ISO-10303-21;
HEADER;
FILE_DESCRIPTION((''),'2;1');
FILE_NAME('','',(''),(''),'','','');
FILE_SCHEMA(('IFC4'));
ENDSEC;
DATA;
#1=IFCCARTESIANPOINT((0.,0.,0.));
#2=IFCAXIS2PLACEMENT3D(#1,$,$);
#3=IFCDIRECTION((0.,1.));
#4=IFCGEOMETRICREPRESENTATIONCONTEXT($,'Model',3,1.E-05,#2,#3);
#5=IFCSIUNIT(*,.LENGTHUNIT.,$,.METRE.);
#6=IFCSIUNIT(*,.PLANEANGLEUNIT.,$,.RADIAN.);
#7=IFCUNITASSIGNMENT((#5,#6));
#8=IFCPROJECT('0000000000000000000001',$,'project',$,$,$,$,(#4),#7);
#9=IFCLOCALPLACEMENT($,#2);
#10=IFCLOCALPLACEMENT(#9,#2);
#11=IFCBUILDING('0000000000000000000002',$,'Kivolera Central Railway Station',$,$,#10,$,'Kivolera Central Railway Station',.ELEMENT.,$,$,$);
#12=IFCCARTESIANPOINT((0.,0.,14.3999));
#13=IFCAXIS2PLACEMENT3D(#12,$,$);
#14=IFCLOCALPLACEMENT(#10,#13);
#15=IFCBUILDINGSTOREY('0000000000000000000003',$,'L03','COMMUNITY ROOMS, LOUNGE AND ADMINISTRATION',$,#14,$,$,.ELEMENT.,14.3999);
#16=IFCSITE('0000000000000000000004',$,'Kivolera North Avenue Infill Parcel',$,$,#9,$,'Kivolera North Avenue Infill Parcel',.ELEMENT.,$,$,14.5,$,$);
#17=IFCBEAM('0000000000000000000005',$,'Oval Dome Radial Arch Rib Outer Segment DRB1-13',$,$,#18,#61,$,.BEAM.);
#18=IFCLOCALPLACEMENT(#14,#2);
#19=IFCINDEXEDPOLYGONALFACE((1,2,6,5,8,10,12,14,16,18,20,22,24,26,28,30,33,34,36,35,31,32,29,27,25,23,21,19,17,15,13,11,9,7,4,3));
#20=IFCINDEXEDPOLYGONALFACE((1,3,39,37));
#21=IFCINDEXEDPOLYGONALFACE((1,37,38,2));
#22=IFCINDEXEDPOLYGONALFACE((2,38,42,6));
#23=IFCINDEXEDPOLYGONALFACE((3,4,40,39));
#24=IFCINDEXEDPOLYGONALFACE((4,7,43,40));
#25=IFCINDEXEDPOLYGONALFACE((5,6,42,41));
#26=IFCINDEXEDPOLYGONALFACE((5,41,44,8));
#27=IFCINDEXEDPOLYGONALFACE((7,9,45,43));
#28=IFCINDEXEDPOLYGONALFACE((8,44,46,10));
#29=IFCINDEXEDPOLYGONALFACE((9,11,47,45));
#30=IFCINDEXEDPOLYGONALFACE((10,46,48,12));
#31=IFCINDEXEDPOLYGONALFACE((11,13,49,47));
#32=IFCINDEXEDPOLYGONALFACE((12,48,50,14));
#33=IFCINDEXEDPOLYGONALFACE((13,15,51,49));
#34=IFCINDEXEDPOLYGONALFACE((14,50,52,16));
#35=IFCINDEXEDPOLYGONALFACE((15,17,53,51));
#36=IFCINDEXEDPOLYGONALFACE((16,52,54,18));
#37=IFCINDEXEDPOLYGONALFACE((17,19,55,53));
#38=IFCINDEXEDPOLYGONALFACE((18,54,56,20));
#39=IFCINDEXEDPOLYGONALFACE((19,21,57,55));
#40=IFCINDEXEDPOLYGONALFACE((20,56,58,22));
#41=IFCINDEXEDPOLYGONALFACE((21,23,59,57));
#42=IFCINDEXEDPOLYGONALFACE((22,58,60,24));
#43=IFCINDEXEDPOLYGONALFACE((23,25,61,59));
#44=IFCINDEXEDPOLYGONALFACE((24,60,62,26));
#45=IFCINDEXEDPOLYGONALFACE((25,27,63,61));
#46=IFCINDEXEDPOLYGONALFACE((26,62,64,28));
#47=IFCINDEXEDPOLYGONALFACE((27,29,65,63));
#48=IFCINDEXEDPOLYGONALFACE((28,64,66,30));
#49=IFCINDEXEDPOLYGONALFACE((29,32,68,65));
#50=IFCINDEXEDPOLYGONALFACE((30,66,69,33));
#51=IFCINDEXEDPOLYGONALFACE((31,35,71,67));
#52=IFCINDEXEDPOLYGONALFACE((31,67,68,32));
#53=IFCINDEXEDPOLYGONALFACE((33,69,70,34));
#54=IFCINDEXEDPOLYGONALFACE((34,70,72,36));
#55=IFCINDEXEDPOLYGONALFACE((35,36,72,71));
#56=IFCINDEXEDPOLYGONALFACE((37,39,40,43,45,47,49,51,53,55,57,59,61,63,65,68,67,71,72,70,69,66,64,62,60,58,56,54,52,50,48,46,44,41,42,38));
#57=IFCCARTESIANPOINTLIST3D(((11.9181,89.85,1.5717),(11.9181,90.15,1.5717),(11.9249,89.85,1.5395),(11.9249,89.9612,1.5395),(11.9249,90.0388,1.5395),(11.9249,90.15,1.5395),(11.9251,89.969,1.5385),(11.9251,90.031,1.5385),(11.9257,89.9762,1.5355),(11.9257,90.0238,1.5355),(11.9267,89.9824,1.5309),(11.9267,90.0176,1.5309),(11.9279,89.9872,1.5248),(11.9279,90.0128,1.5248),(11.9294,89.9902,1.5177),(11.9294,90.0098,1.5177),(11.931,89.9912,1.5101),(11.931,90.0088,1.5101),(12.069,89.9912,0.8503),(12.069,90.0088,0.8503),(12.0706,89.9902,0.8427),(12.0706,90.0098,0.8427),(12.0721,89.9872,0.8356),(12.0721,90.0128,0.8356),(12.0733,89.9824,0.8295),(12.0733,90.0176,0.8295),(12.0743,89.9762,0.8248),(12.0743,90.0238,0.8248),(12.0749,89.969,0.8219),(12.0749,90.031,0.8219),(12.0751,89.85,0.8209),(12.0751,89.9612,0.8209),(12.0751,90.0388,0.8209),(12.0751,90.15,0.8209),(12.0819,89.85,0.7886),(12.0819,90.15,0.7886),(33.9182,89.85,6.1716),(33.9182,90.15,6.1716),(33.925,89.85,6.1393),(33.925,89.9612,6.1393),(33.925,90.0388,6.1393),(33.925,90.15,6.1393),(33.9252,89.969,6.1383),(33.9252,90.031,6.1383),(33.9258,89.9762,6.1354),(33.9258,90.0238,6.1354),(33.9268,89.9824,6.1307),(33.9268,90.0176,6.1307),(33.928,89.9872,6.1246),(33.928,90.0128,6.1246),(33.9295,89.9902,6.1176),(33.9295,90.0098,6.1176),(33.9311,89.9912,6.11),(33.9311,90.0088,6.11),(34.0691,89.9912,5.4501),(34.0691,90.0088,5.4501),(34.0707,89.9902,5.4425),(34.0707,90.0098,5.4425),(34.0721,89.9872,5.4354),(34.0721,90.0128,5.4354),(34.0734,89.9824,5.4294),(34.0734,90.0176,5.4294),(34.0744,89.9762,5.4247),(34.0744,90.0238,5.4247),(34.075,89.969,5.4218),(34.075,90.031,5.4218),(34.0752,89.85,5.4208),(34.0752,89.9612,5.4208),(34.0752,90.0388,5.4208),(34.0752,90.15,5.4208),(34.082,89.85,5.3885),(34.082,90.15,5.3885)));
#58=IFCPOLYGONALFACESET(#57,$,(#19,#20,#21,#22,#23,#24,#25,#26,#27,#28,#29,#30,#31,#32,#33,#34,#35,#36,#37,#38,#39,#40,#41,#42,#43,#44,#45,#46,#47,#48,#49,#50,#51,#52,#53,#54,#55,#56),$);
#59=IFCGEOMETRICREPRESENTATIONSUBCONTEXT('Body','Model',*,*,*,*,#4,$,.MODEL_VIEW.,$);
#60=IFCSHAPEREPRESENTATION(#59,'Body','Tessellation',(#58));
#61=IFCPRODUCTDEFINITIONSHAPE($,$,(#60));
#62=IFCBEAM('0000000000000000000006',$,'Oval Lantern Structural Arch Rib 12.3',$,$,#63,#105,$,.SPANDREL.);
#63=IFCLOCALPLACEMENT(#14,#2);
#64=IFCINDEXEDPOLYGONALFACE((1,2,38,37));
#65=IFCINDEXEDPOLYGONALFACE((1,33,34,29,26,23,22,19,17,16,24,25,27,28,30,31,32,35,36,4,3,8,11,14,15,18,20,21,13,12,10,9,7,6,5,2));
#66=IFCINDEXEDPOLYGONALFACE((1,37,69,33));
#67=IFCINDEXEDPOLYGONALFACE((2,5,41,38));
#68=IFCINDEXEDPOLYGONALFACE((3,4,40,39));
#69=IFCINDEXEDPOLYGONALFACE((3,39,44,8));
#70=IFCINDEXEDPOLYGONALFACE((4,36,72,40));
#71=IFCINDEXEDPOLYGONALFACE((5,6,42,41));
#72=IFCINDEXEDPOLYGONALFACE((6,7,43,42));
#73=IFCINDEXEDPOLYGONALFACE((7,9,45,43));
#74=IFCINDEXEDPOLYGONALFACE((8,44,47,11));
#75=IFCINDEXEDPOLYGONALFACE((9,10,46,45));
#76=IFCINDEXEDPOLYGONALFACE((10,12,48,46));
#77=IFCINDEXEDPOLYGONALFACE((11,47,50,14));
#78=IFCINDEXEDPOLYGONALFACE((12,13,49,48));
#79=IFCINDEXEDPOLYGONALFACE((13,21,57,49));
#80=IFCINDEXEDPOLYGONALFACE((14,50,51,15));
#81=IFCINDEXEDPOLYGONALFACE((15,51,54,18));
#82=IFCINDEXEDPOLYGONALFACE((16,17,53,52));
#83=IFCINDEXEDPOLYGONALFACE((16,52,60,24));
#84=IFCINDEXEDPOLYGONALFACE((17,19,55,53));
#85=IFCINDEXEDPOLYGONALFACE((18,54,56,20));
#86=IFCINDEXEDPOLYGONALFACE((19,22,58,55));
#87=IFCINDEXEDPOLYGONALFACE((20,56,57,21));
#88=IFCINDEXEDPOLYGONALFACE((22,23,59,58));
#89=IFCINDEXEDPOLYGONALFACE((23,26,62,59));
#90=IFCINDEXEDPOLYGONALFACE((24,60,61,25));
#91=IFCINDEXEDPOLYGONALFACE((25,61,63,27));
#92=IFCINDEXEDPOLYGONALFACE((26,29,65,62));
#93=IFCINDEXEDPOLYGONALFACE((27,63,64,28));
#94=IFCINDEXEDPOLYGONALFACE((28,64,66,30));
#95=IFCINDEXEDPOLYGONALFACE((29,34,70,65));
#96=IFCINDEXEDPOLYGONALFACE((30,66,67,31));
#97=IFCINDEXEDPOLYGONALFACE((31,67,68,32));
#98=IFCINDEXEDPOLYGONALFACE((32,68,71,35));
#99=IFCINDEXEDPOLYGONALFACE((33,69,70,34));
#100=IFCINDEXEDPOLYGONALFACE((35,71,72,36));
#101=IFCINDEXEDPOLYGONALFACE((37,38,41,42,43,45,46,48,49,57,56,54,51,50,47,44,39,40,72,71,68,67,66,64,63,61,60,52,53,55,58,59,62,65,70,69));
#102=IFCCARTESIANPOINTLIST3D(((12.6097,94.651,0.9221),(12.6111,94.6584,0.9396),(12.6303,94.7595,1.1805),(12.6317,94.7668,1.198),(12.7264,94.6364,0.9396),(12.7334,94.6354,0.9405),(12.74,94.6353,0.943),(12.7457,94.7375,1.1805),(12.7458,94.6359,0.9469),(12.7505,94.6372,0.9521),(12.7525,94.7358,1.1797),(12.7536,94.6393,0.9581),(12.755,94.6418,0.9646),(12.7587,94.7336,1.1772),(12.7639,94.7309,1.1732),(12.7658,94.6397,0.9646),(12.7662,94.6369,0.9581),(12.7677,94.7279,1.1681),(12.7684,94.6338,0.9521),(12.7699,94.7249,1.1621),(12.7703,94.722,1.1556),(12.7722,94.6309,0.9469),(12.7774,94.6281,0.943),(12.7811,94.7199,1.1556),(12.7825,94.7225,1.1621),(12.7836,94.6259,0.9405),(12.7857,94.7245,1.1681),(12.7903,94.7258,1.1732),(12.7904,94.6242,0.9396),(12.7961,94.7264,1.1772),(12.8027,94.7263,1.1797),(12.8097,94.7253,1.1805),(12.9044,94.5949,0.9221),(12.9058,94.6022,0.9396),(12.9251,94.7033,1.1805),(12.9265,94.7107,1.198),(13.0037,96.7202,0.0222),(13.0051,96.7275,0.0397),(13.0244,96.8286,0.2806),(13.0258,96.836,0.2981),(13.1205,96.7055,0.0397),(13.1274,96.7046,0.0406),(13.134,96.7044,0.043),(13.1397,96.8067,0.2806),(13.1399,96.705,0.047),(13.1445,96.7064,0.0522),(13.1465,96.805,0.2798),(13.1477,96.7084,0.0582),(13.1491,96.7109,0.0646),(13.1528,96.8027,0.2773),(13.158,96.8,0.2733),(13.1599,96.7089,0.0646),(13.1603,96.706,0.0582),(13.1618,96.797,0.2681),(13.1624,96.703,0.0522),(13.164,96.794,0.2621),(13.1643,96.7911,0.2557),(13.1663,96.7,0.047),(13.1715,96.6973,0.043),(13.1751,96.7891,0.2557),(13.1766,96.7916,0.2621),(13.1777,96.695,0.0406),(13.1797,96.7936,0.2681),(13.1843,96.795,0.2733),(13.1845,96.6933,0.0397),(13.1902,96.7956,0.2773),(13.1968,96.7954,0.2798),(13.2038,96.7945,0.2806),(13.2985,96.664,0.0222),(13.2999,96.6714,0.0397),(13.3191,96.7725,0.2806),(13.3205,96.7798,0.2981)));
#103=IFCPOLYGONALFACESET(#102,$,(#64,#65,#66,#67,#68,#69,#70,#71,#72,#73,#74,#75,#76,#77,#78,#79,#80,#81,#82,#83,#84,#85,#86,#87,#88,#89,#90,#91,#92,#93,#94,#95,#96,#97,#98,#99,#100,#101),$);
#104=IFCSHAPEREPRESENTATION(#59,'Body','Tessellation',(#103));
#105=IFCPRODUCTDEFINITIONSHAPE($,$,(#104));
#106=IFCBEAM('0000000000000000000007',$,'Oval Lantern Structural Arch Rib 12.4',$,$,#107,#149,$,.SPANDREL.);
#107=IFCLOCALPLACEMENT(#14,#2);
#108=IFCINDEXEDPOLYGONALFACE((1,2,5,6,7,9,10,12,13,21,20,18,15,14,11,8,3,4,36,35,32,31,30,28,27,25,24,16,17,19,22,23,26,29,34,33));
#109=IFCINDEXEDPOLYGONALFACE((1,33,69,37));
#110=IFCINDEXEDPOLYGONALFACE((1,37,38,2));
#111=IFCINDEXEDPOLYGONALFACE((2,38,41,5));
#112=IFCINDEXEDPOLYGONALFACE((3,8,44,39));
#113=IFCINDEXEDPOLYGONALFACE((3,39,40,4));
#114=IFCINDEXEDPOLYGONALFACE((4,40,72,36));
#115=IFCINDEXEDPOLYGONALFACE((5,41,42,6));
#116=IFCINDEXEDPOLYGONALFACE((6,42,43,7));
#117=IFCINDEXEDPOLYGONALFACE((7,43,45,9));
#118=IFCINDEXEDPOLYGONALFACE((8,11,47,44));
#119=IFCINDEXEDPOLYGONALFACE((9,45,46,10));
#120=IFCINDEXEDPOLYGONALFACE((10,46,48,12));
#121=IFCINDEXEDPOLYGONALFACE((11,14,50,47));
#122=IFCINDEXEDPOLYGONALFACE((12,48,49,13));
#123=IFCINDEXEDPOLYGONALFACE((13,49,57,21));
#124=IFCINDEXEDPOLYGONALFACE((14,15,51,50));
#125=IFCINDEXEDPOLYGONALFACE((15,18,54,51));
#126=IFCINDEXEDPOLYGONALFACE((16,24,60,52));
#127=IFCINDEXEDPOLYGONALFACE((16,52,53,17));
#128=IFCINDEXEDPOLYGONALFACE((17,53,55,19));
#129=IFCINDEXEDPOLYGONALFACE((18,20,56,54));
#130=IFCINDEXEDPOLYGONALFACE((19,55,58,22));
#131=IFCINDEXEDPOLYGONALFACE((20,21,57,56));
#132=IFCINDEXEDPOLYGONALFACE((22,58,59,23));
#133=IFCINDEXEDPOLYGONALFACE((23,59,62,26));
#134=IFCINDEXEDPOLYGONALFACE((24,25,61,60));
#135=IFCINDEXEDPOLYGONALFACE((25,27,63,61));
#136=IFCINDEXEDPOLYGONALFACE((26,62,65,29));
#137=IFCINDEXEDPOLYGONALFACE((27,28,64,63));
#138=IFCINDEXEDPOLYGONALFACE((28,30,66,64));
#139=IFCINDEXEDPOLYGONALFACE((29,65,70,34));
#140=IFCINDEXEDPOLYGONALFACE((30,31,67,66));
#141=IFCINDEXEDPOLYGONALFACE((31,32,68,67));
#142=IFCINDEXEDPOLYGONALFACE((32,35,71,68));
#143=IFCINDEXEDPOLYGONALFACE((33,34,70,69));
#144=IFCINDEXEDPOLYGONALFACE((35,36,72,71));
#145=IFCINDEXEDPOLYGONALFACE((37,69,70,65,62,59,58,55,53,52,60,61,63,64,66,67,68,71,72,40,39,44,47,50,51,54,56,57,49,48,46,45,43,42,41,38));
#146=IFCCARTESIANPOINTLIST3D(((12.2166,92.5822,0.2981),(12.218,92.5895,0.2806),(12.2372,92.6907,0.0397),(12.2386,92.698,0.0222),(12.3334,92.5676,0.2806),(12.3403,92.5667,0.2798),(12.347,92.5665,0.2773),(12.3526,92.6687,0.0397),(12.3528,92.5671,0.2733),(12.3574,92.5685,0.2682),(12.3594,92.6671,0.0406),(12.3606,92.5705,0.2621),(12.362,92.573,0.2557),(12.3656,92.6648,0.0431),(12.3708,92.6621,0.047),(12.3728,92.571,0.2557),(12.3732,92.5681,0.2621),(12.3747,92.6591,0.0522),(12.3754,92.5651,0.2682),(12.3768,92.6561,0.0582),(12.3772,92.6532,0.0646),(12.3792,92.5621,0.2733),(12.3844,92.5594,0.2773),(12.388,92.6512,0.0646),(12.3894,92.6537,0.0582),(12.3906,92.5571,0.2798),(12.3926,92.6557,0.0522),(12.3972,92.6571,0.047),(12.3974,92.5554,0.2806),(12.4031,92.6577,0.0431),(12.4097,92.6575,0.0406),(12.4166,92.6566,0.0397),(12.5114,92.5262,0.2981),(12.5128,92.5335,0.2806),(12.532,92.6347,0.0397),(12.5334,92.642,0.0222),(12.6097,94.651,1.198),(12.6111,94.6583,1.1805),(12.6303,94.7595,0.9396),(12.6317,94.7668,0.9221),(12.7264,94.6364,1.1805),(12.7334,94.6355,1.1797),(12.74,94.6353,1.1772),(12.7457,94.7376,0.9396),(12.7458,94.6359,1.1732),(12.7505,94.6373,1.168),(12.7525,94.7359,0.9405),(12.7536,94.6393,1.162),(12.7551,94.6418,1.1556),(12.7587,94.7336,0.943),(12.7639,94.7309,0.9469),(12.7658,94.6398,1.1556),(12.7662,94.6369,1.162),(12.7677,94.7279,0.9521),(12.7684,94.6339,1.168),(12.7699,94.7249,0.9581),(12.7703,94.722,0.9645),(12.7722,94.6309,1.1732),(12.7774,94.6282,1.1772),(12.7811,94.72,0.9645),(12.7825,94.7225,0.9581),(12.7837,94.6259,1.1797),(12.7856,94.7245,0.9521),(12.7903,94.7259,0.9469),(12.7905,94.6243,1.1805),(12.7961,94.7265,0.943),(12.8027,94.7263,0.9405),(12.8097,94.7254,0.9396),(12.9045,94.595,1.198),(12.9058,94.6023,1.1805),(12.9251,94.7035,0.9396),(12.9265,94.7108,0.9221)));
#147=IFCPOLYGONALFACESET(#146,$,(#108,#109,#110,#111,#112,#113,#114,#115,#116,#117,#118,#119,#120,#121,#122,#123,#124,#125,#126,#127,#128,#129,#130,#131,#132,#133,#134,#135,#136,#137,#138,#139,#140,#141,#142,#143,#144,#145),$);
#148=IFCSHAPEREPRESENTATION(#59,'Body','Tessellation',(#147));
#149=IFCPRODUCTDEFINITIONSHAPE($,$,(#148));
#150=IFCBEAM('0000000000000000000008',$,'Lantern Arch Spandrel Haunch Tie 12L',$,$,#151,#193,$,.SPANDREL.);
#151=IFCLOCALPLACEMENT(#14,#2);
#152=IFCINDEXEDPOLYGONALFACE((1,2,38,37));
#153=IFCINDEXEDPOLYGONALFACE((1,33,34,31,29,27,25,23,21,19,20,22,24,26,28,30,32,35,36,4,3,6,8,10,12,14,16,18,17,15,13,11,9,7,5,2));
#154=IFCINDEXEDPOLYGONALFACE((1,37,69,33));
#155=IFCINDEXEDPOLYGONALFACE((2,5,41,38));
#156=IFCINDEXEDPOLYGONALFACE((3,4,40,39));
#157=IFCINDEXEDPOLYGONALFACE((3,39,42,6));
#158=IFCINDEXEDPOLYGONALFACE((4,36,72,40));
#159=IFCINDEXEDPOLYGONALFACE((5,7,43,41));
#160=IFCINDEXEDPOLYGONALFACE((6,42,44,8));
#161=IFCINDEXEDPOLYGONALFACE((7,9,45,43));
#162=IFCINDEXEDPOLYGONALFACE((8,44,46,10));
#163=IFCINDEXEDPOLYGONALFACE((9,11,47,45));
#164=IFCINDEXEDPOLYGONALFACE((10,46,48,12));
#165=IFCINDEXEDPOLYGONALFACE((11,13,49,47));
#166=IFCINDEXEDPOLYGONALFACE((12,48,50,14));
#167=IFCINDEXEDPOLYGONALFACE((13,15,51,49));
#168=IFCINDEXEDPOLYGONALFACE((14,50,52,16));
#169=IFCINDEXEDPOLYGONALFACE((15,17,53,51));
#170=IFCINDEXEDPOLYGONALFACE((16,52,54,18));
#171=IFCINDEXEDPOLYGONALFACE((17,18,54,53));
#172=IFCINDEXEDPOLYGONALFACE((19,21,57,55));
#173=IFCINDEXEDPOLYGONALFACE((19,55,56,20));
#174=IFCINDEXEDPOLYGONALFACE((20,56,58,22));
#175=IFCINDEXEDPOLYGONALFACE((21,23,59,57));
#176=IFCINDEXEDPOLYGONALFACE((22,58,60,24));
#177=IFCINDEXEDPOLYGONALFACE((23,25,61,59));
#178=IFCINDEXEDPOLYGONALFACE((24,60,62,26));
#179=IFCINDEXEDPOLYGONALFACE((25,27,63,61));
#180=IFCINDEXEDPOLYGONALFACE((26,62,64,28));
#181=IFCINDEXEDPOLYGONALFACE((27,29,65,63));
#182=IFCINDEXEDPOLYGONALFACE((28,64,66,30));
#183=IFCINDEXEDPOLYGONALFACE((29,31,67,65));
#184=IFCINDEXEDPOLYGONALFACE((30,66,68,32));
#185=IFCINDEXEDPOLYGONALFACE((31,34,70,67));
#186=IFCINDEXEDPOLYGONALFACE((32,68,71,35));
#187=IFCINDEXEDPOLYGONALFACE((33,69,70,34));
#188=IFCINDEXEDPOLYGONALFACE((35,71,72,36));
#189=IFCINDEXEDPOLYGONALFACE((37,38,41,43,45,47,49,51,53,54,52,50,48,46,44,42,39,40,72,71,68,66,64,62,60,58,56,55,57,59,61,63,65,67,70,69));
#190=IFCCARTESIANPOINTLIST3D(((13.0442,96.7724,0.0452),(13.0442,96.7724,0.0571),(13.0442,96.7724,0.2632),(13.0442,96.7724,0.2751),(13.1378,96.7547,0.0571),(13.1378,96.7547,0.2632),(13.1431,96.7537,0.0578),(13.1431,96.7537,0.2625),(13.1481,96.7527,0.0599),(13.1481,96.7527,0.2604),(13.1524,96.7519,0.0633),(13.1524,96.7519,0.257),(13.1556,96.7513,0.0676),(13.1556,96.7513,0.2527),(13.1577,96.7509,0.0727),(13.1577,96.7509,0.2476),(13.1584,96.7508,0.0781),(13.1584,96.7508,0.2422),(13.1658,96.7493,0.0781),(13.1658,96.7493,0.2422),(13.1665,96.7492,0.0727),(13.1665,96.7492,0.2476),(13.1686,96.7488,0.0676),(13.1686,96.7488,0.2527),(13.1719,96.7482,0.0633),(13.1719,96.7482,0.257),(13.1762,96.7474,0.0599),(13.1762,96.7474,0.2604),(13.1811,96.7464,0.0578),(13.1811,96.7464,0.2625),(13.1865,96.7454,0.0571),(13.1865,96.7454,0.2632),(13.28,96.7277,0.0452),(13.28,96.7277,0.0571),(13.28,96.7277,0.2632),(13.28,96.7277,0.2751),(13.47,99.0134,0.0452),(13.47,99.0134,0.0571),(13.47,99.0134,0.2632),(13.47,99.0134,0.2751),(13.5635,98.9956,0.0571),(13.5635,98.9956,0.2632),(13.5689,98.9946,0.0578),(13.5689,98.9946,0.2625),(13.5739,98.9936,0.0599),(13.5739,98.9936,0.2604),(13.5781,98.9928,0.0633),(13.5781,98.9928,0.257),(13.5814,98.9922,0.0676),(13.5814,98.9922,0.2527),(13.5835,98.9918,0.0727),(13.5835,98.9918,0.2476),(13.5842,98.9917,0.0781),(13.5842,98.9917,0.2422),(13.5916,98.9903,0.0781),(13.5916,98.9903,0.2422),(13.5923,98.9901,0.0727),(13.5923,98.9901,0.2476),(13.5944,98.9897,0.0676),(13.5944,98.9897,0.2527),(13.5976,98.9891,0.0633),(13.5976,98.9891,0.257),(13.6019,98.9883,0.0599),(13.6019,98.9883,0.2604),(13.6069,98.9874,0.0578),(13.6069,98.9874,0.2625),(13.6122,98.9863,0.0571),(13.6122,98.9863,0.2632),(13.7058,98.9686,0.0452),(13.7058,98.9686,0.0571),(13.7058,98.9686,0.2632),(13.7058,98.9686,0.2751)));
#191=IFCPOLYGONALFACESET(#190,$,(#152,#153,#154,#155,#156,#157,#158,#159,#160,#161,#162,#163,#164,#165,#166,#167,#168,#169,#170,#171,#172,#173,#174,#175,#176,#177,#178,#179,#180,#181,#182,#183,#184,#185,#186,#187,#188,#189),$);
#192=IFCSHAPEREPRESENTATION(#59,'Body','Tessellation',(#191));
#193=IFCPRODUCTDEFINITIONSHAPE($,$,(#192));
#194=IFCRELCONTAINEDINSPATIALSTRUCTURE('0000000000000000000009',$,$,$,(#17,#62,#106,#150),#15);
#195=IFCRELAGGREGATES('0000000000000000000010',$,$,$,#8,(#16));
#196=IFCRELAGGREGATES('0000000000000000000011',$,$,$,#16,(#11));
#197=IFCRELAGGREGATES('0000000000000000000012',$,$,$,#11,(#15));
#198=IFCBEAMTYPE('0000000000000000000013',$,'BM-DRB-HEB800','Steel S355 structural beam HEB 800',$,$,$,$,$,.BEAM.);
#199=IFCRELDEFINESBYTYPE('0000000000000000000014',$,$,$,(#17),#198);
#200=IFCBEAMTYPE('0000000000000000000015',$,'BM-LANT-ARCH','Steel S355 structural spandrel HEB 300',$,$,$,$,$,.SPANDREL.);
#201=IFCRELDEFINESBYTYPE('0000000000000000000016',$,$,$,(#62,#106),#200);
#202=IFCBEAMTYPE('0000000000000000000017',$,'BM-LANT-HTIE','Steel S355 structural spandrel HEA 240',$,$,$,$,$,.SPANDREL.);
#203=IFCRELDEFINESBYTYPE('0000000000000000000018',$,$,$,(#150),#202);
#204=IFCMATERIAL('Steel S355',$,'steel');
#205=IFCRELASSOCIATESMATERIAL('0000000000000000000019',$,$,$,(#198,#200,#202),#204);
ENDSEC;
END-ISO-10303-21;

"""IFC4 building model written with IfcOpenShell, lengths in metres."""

from ifc_helpers import new_model, si_unit, direction, frame, origin, origin_2d, place, context, subcontext, project, spatial, i_section, extrude, material, material_profile, profile_set, type_object, element, save


model = new_model("IFC4")

# Units and contexts
model_context = context("Model", 3, precision=1e-05, world=origin(), true_north=direction((0.0, 1.0)))
body_context = subcontext(model_context, "Body", "Model", "MODEL_VIEW")
ifc_project = project(units=[si_unit("LENGTHUNIT", "METRE"), si_unit("PLANEANGLEUNIT", "RADIAN")], contexts=[model_context])

# Site, building, storey
site_placement = place(None, origin())
site = spatial("IfcSite", under=ifc_project, at=site_placement, Name="Kivolera North Avenue Infill Parcel", LongName="Kivolera North Avenue Infill Parcel", CompositionType="ELEMENT", RefElevation=14.5)
building_placement = place(site_placement, origin())
building = spatial("IfcBuilding", under=site, at=building_placement, Name="Kivolera Central Railway Station", LongName="Kivolera Central Railway Station", CompositionType="ELEMENT")
storey_placement = place(building_placement, frame((0.0, 0.0, 14.3999)))
storey = spatial("IfcBuildingStorey", under=building, at=storey_placement, Name="L03", Description="COMMUNITY ROOMS, LOUNGE AND ADMINISTRATION", CompositionType="ELEMENT", Elevation=14.3999)

# Beams
ifc_material_1 = material(Name="Steel S355", Category="steel")
ifc_material_profile_1 = material_profile(ifc_material_1, i_section(OverallWidth=0.3, OverallDepth=0.8, WebThickness=0.0176, FlangeThickness=0.033, FilletRadius=0.03, at=origin_2d()), Name="HEB 800")
ifc_profile_set_1 = profile_set([ifc_material_profile_1], Name="Steel S355")
beam_type_1 = type_object("IfcBeamType", Name="BM-DRB-HEB800", Description="Steel S355 structural beam HEB 800", PredefinedType="BEAM", material=ifc_profile_set_1)
beam_1_placement = place(storey_placement, frame((12.0, 90.0, 1.1802), z_axis=(0.978833, 0.0, 0.204659), x_axis=(0.0, 1.0, 0.0)))
element("IfcBeam", 1, at=beam_1_placement, inside=storey, type_object=beam_type_1, Name="Oval Dome Radial Arch Rib Outer Segment DRB1-13", PredefinedType="BEAM", context=body_context, shape_type="SweptSolid", body=[
    extrude(i_section(OverallWidth=0.3, OverallDepth=0.8, WebThickness=0.0176, FlangeThickness=0.033, FilletRadius=0.03, at=origin_2d()), origin(), (0.0, 0.0, 1.0), 22.4758),
])
ifc_material_profile_2 = material_profile(ifc_material_1, i_section(OverallWidth=0.3, OverallDepth=0.3, WebThickness=0.011, FlangeThickness=0.019, FilletRadius=0.0271, at=origin_2d()), Name="HEB 300")
ifc_profile_set_2 = profile_set([ifc_material_profile_2], Name="Steel S355")
beam_type_2 = type_object("IfcBeamType", Name="BM-LANT-ARCH", Description="Steel S355 structural spandrel HEB 300", PredefinedType="SPANDREL", material=ifc_profile_set_2)
beam_2_placement = place(storey_placement, frame((13.1621, 96.75, 0.1602), z_axis=(-0.172036, -0.90335, 0.39289), x_axis=(0.982345, -0.18708, 0.0)))
element("IfcBeam", 2, at=beam_2_placement, inside=storey, type_object=beam_type_2, Name="Oval Lantern Structural Arch Rib 12.3", PredefinedType="SPANDREL", context=body_context, shape_type="SweptSolid", body=[
    extrude(i_section(OverallWidth=0.3, OverallDepth=0.3, WebThickness=0.011, FlangeThickness=0.019, FilletRadius=0.0271, at=origin_2d()), origin(), (0.0, 0.0, 1.0), 2.2905),
])
beam_3_placement = place(storey_placement, frame((12.7681, 94.6809, 1.0601), z_axis=(-0.171639, -0.903396, -0.392957), x_axis=(0.982426, -0.186654, 0.0)))
element("IfcBeam", 3, at=beam_3_placement, inside=storey, type_object=beam_type_2, Name="Oval Lantern Structural Arch Rib 12.4", PredefinedType="SPANDREL", context=body_context, shape_type="SweptSolid", body=[
    extrude(i_section(OverallWidth=0.3, OverallDepth=0.3, WebThickness=0.011, FlangeThickness=0.019, FilletRadius=0.0271, at=origin_2d()), origin(), (0.0, 0.0, 1.0), 2.29),
])
ifc_material_profile_3 = material_profile(ifc_material_1, i_section(OverallWidth=0.24, OverallDepth=0.23, WebThickness=0.0076, FlangeThickness=0.012, FilletRadius=0.021, at=origin_2d()), Name="HEA 240")
ifc_profile_set_3 = profile_set([ifc_material_profile_3], Name="Steel S355")
beam_type_3 = type_object("IfcBeamType", Name="BM-LANT-HTIE", Description="Steel S355 structural spandrel HEA 240", PredefinedType="SPANDREL", material=ifc_profile_set_3)
beam_4_placement = place(storey_placement, frame((13.5879, 98.991, 0.1602), z_axis=(-0.18666, -0.982425, 0.0), x_axis=(0.982425, -0.18666, 0.0)))
element("IfcBeam", 4, at=beam_4_placement, inside=storey, type_object=beam_type_3, Name="Lantern Arch Spandrel Haunch Tie 12L", PredefinedType="SPANDREL", context=body_context, shape_type="SweptSolid", body=[
    extrude(i_section(OverallWidth=0.24, OverallDepth=0.23, WebThickness=0.0076, FlangeThickness=0.012, FilletRadius=0.021, at=origin_2d()), origin(), (0.0, 0.0, 1.0), 2.281),
])

save(model, "model.ifc")
